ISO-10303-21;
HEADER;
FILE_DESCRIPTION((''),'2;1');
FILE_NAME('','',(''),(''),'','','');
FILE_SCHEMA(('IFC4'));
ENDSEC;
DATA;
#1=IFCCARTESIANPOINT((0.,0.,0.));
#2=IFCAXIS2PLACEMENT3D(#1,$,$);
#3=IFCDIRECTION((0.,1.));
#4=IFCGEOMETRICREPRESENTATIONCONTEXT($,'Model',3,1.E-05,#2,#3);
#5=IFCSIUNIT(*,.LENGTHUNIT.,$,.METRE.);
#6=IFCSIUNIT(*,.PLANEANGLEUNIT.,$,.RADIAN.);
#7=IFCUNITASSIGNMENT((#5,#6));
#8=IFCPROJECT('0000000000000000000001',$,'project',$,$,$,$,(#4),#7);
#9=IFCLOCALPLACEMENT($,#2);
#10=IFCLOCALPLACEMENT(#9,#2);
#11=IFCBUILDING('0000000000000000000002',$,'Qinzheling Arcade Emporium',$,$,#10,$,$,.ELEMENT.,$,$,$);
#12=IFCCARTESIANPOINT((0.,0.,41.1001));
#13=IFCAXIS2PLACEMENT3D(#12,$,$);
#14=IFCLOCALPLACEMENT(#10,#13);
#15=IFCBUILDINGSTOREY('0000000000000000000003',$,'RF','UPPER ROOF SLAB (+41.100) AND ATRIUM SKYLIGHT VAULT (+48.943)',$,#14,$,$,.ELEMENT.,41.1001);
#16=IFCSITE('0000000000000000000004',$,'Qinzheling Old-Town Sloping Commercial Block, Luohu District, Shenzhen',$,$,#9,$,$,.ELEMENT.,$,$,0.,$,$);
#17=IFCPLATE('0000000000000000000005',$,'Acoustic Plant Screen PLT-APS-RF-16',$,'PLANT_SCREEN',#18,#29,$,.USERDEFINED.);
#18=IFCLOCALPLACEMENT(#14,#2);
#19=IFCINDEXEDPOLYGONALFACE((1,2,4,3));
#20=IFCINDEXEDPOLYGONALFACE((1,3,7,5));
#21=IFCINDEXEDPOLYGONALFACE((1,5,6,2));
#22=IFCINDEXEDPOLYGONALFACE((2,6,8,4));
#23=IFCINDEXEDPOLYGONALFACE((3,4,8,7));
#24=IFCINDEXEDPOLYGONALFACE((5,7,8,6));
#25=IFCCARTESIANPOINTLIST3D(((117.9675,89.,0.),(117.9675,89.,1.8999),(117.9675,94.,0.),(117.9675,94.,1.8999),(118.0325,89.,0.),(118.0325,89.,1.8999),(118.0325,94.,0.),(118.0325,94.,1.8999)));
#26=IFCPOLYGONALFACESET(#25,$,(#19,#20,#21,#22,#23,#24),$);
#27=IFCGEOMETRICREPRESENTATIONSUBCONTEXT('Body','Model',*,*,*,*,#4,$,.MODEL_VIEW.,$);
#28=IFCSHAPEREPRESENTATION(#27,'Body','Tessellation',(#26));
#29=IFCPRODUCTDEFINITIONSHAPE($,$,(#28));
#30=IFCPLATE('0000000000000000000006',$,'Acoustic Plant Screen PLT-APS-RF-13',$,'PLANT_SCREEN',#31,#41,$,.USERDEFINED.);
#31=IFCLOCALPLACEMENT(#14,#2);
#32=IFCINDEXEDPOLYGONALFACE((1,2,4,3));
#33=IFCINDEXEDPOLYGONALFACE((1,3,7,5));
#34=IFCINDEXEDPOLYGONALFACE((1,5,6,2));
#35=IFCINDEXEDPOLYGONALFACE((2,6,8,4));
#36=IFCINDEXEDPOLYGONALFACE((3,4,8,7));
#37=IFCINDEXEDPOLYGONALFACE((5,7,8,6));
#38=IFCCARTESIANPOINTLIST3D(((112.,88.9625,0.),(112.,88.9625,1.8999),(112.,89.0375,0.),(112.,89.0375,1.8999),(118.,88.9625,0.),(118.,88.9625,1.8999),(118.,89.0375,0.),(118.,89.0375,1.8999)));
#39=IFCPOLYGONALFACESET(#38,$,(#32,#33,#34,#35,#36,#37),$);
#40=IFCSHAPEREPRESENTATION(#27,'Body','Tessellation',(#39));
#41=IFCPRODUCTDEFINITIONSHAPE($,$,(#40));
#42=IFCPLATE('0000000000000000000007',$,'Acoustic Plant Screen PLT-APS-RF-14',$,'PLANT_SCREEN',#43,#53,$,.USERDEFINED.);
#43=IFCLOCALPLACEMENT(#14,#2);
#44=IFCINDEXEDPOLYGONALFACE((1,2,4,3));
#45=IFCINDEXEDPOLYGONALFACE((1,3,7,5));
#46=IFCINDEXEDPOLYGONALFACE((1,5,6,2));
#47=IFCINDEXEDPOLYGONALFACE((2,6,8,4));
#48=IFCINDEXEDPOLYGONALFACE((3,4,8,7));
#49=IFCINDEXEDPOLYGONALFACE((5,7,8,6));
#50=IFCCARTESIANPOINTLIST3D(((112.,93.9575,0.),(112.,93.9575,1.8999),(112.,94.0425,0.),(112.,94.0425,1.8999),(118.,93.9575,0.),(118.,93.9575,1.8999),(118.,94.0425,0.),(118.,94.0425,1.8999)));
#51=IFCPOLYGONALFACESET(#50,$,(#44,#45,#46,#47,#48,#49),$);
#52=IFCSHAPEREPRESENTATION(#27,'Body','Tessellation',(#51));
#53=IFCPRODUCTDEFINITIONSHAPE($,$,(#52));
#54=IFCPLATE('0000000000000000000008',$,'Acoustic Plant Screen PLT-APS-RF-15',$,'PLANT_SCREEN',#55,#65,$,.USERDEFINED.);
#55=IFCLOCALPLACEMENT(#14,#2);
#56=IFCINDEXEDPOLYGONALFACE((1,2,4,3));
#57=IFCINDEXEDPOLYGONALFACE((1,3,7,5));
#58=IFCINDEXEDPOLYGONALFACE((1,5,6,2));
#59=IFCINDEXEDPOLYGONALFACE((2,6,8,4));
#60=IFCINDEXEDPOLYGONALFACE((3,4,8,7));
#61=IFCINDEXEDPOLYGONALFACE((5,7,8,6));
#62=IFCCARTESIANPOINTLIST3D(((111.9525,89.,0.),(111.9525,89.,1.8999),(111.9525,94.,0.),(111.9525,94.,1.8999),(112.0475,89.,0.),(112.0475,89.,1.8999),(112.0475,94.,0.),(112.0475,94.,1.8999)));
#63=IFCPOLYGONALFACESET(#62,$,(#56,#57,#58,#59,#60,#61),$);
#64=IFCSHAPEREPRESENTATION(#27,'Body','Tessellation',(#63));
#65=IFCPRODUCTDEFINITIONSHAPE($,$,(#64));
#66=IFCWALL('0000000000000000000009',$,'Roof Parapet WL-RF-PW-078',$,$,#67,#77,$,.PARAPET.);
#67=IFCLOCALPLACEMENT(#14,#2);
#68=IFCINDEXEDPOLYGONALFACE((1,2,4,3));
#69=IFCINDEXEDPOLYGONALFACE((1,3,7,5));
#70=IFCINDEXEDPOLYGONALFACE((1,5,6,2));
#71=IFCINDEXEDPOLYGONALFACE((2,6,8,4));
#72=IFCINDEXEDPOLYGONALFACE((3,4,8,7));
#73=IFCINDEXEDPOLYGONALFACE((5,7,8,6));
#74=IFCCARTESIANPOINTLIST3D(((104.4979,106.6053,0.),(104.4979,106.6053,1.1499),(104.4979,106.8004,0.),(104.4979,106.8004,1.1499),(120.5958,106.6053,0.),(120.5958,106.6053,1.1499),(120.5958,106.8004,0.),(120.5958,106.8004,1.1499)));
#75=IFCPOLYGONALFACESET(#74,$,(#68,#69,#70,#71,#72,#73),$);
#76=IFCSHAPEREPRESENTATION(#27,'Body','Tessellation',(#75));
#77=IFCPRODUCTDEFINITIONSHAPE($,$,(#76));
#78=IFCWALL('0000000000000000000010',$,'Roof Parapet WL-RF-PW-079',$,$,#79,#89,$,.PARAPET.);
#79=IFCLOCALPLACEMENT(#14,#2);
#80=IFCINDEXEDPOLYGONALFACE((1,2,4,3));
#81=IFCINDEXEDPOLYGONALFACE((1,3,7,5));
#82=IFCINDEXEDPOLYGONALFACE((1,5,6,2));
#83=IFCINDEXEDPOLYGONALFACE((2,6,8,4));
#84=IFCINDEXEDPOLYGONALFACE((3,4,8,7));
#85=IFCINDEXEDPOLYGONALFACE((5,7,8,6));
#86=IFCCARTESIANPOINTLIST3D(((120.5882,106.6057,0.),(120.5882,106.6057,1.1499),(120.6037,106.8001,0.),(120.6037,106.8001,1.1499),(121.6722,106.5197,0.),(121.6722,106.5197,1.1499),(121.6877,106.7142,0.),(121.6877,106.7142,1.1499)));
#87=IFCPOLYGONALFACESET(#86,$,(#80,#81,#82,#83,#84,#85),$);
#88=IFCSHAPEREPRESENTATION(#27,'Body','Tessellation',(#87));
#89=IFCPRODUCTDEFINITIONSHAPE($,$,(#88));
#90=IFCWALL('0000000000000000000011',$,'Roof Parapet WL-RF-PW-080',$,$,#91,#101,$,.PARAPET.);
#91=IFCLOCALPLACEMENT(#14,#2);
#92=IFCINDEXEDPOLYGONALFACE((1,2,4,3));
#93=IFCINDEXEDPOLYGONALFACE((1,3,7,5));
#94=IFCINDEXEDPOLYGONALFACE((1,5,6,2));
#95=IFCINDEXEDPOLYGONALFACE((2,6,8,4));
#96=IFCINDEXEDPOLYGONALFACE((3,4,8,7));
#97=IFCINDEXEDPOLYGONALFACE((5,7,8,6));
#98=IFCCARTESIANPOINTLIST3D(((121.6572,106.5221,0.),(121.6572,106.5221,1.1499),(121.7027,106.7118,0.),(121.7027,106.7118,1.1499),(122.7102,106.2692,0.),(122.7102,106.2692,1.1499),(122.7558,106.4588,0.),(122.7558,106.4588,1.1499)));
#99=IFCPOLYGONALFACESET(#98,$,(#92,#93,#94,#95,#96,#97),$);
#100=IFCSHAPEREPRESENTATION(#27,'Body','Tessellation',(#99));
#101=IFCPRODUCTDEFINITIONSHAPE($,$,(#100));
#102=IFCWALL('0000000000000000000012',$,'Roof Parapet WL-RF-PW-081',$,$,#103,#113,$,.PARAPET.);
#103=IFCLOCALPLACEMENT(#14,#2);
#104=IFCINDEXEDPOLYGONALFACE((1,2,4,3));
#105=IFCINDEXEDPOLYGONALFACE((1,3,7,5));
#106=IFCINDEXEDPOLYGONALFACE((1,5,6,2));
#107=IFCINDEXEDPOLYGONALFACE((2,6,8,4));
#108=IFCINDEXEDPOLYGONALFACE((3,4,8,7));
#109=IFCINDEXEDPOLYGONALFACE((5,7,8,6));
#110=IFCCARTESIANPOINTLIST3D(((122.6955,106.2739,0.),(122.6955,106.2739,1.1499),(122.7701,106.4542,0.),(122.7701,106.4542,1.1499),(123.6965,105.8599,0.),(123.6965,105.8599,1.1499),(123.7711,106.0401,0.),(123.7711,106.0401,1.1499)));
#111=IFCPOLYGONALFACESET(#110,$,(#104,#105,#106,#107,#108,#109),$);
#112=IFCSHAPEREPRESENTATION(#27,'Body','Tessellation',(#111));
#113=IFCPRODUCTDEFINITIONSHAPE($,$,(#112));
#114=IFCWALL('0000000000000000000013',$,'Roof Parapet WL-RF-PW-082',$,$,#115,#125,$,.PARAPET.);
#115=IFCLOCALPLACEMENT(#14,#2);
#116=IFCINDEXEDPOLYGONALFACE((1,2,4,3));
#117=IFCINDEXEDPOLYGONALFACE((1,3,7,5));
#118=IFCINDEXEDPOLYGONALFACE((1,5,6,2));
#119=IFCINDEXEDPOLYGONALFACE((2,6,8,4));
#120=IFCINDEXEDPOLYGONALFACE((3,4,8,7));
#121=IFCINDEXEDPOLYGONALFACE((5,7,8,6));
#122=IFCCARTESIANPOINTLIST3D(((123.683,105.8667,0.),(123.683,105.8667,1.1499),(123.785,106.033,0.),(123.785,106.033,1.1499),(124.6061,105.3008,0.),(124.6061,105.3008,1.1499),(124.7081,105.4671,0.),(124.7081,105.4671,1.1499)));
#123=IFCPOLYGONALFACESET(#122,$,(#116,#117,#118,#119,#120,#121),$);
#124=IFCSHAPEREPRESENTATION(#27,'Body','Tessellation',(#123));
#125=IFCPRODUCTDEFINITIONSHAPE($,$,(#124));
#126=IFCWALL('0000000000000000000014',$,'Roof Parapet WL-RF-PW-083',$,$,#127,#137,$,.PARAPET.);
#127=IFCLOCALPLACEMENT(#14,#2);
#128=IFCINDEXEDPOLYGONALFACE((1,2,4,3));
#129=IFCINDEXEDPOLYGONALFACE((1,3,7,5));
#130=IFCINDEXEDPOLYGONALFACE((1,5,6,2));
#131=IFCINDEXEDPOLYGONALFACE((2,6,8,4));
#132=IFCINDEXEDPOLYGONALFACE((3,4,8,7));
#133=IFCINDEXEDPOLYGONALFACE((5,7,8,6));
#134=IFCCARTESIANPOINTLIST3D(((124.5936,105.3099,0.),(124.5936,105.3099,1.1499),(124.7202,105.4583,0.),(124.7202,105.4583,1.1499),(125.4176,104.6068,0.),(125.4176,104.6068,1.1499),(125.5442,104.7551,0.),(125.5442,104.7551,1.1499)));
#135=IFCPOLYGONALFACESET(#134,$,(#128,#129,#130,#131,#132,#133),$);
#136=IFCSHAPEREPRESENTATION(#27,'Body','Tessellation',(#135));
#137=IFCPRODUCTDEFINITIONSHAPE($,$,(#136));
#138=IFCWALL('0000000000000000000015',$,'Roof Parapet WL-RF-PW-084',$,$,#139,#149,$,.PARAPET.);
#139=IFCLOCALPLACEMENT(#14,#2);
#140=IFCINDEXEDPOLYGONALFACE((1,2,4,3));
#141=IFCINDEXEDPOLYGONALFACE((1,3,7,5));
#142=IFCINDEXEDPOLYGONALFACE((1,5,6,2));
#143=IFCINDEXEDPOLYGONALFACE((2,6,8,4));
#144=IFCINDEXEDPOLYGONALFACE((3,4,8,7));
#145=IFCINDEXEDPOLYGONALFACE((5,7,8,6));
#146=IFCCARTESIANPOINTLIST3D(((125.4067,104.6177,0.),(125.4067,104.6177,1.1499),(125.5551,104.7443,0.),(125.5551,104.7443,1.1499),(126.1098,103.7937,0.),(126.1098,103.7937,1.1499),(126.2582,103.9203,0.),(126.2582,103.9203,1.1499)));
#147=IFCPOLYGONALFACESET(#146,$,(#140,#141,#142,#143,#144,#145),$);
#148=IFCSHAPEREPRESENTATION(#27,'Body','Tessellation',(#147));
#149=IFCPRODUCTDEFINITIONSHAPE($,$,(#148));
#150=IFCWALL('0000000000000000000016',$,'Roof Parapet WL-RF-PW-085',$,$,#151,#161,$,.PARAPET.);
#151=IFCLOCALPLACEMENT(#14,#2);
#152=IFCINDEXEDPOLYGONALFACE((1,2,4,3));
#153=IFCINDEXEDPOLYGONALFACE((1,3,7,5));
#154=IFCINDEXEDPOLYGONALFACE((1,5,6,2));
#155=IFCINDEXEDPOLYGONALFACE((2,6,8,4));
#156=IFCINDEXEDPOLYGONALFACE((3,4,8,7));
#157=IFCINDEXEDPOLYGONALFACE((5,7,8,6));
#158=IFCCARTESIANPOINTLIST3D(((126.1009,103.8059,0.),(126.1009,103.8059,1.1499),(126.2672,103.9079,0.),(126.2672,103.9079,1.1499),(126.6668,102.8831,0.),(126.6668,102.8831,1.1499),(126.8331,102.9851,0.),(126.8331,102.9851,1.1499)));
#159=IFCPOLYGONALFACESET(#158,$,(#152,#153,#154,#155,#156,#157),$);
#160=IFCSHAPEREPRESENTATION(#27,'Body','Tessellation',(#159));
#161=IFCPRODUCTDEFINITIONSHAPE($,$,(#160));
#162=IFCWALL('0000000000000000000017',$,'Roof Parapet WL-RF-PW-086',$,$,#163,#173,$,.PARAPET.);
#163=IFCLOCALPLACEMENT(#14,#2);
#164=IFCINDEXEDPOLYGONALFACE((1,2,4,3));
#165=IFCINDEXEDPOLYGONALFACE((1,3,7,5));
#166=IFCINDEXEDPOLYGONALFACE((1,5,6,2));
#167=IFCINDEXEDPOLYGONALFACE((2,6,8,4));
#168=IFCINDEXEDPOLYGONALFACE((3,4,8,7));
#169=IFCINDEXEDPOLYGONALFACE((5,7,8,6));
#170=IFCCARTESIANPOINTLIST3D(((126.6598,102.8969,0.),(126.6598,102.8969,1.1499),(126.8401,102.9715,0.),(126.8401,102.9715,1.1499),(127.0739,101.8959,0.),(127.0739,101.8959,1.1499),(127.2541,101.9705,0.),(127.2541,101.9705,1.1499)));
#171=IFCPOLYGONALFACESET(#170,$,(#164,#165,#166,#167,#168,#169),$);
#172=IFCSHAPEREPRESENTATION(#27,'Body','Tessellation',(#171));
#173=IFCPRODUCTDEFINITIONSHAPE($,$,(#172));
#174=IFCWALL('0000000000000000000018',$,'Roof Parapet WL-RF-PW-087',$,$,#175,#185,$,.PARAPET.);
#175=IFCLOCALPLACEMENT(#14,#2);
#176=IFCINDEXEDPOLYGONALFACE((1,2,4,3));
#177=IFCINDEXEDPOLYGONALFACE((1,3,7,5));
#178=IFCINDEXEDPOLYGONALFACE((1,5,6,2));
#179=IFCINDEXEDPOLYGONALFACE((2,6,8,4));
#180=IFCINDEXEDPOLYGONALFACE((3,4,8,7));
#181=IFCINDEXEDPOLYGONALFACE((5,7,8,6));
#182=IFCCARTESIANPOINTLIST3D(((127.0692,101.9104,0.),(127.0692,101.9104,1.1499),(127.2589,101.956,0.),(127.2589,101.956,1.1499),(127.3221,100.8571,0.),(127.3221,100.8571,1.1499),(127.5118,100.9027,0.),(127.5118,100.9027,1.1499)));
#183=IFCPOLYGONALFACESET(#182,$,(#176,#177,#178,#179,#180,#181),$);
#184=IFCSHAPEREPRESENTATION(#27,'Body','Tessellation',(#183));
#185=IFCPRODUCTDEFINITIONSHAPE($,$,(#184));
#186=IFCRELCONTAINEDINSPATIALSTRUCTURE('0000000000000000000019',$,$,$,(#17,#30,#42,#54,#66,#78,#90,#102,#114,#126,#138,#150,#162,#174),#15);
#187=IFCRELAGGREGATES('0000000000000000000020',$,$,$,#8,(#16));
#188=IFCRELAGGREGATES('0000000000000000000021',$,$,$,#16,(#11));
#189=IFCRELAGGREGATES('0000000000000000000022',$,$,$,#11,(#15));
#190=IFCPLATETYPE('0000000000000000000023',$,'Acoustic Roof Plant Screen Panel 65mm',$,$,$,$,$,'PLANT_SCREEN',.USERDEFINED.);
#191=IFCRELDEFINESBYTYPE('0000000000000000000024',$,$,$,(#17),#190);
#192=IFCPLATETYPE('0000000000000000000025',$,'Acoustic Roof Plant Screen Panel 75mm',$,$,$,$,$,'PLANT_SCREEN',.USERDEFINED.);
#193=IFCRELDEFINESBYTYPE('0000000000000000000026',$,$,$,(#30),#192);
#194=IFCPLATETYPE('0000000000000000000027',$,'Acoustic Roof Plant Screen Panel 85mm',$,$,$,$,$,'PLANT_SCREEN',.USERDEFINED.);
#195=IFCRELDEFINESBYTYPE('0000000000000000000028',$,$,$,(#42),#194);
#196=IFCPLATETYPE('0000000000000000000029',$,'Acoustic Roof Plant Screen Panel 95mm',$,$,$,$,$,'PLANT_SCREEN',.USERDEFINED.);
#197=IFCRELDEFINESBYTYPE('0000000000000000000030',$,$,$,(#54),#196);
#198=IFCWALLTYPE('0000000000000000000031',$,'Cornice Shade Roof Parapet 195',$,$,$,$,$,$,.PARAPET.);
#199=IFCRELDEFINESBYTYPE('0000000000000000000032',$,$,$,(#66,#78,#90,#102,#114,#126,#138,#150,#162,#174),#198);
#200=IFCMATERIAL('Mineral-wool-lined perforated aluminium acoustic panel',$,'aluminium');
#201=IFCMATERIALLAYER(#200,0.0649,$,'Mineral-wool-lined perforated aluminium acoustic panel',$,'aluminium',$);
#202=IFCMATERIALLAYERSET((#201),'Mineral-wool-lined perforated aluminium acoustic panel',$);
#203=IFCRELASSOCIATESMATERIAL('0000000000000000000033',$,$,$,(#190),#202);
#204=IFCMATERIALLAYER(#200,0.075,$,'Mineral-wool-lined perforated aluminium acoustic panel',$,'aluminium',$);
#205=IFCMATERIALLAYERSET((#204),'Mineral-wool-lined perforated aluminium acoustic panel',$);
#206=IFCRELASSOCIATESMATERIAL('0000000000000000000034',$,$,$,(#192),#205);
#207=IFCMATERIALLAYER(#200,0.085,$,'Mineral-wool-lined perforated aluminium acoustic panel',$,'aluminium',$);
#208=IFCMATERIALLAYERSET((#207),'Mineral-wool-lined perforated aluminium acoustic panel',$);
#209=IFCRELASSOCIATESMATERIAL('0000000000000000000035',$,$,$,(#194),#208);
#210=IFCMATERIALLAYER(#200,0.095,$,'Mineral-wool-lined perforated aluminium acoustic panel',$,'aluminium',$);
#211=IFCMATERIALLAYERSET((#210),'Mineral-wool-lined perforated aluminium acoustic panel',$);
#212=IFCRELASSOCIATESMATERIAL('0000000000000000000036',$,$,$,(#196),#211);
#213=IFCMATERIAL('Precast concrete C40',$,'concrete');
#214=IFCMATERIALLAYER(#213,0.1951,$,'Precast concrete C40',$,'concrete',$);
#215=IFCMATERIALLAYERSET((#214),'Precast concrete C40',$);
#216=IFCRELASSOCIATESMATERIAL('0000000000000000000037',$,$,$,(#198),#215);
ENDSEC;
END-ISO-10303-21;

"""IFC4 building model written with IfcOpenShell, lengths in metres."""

from ifc_helpers import new_model, si_unit, direction, frame, frame_2d, origin, origin_2d, place, context, subcontext, project, spatial, rectangle, extrude, material, layer, layer_set, type_object, element, save


model = new_model("IFC4")

# Units and contexts
model_context = context("Model", 3, precision=1e-05, world=origin(), true_north=direction((0.0, 1.0)))
body_context = subcontext(model_context, "Body", "Model", "MODEL_VIEW")
ifc_project = project(units=[si_unit("LENGTHUNIT", "METRE"), si_unit("PLANEANGLEUNIT", "RADIAN")], contexts=[model_context])

# Site, building, storey
site_placement = place(None, origin())
site = spatial("IfcSite", under=ifc_project, at=site_placement, Name="Qinzheling Old-Town Sloping Commercial Block, Luohu District, Shenzhen", CompositionType="ELEMENT", RefElevation=0.0)
building_placement = place(site_placement, origin())
building = spatial("IfcBuilding", under=site, at=building_placement, Name="Qinzheling Arcade Emporium", CompositionType="ELEMENT")
storey_placement = place(building_placement, frame((0.0, 0.0, 41.1001)))
storey = spatial("IfcBuildingStorey", under=building, at=storey_placement, Name="RF", Description="UPPER ROOF SLAB (+41.100) AND ATRIUM SKYLIGHT VAULT (+48.943)", CompositionType="ELEMENT", Elevation=41.1001)

# Plates
ifc_material_1 = material(Name="Mineral-wool-lined perforated aluminium acoustic panel", Category="aluminium")
ifc_layer_1 = layer(ifc_material_1, 0.0649, Name="Mineral-wool-lined perforated aluminium acoustic panel", Category="aluminium")
ifc_layer_set_1 = layer_set([ifc_layer_1], Name="Mineral-wool-lined perforated aluminium acoustic panel")
plate_type_1 = type_object("IfcPlateType", Name="Acoustic Roof Plant Screen Panel 65mm", ElementType="PLANT_SCREEN", PredefinedType="USERDEFINED", material=ifc_layer_set_1)
plate_1_placement = place(storey_placement, frame((118.0, 91.5, 0.0), z_axis=(0.0, 0.0, 1.0), x_axis=(0.0, 1.0, 0.0)))
element("IfcPlate", 1, at=plate_1_placement, inside=storey, type_object=plate_type_1, Name="Acoustic Plant Screen PLT-APS-RF-16", ObjectType="PLANT_SCREEN", PredefinedType="USERDEFINED", context=body_context, shape_type="SweptSolid", body=[
    extrude(rectangle(XDim=5.0, YDim=0.0649, at=origin_2d()), origin(), (0.0, 0.0, 1.0), 1.8999),
])
ifc_layer_2 = layer(ifc_material_1, 0.075, Name="Mineral-wool-lined perforated aluminium acoustic panel", Category="aluminium")
ifc_layer_set_2 = layer_set([ifc_layer_2], Name="Mineral-wool-lined perforated aluminium acoustic panel")
plate_type_2 = type_object("IfcPlateType", Name="Acoustic Roof Plant Screen Panel 75mm", ElementType="PLANT_SCREEN", PredefinedType="USERDEFINED", material=ifc_layer_set_2)
plate_2_placement = place(storey_placement, frame((115.0, 89.0, 0.0), z_axis=(0.0, 0.0, 1.0), x_axis=(1.0, 0.0, 0.0)))
element("IfcPlate", 2, at=plate_2_placement, inside=storey, type_object=plate_type_2, Name="Acoustic Plant Screen PLT-APS-RF-13", ObjectType="PLANT_SCREEN", PredefinedType="USERDEFINED", context=body_context, shape_type="SweptSolid", body=[
    extrude(rectangle(XDim=6.0, YDim=0.075, at=origin_2d()), origin(), (0.0, 0.0, 1.0), 1.8999),
])
ifc_layer_3 = layer(ifc_material_1, 0.085, Name="Mineral-wool-lined perforated aluminium acoustic panel", Category="aluminium")
ifc_layer_set_3 = layer_set([ifc_layer_3], Name="Mineral-wool-lined perforated aluminium acoustic panel")
plate_type_3 = type_object("IfcPlateType", Name="Acoustic Roof Plant Screen Panel 85mm", ElementType="PLANT_SCREEN", PredefinedType="USERDEFINED", material=ifc_layer_set_3)
plate_3_placement = place(storey_placement, frame((115.0, 94.0, 0.0), z_axis=(0.0, 0.0, 1.0), x_axis=(1.0, 0.0, 0.0)))
element("IfcPlate", 3, at=plate_3_placement, inside=storey, type_object=plate_type_3, Name="Acoustic Plant Screen PLT-APS-RF-14", ObjectType="PLANT_SCREEN", PredefinedType="USERDEFINED", context=body_context, shape_type="SweptSolid", body=[
    extrude(rectangle(XDim=6.0, YDim=0.085, at=origin_2d()), origin(), (0.0, 0.0, 1.0), 1.8999),
])
ifc_layer_4 = layer(ifc_material_1, 0.095, Name="Mineral-wool-lined perforated aluminium acoustic panel", Category="aluminium")
ifc_layer_set_4 = layer_set([ifc_layer_4], Name="Mineral-wool-lined perforated aluminium acoustic panel")
plate_type_4 = type_object("IfcPlateType", Name="Acoustic Roof Plant Screen Panel 95mm", ElementType="PLANT_SCREEN", PredefinedType="USERDEFINED", material=ifc_layer_set_4)
plate_4_placement = place(storey_placement, frame((112.0, 91.5, 0.0), z_axis=(0.0, 0.0, 1.0), x_axis=(0.0, 1.0, 0.0)))
element("IfcPlate", 4, at=plate_4_placement, inside=storey, type_object=plate_type_4, Name="Acoustic Plant Screen PLT-APS-RF-15", ObjectType="PLANT_SCREEN", PredefinedType="USERDEFINED", context=body_context, shape_type="SweptSolid", body=[
    extrude(rectangle(XDim=5.0, YDim=0.095, at=origin_2d()), origin(), (0.0, 0.0, 1.0), 1.8999),
])

# Walls
ifc_material_2 = material(Name="Precast concrete C40", Category="concrete")
ifc_layer_5 = layer(ifc_material_2, 0.1951, Name="Precast concrete C40", Category="concrete")
ifc_layer_set_5 = layer_set([ifc_layer_5], Name="Precast concrete C40")
wall_type_1 = type_object("IfcWallType", Name="Cornice Shade Roof Parapet 195", PredefinedType="PARAPET", material=ifc_layer_set_5)
wall_1_placement = place(storey_placement, frame((104.498, 106.7029, 0.0), z_axis=(0.0, 0.0, 1.0), x_axis=(1.0, 0.0, 0.0)))
element("IfcWall", 5, at=wall_1_placement, inside=storey, type_object=wall_type_1, Name="Roof Parapet WL-RF-PW-078", PredefinedType="PARAPET", context=body_context, shape_type="SweptSolid", body=[
    extrude(rectangle(XDim=16.0979, YDim=0.1951, at=frame_2d((8.0488, 0.0))), origin(), (0.0, 0.0, 1.0), 1.1499),
])
wall_2_placement = place(storey_placement, frame((120.5959, 106.7029, 0.0), z_axis=(0.0, 0.0, 1.0), x_axis=(0.996872, -0.079031, 0.0)))
element("IfcWall", 6, at=wall_2_placement, inside=storey, type_object=wall_type_1, Name="Roof Parapet WL-RF-PW-079", PredefinedType="PARAPET", context=body_context, shape_type="SweptSolid", body=[
    extrude(rectangle(XDim=1.0874, YDim=0.1951, at=frame_2d((0.5437, 0.0))), origin(), (0.0, 0.0, 1.0), 1.1499),
])
wall_3_placement = place(storey_placement, frame((121.6799, 106.6169, 0.0), z_axis=(0.0, 0.0, 1.0), x_axis=(0.972342, -0.233561, 0.0)))
element("IfcWall", 7, at=wall_3_placement, inside=storey, type_object=wall_type_1, Name="Roof Parapet WL-RF-PW-080", PredefinedType="PARAPET", context=body_context, shape_type="SweptSolid", body=[
    extrude(rectangle(XDim=1.083, YDim=0.1951, at=frame_2d((0.5415, 0.0))), origin(), (0.0, 0.0, 1.0), 1.1499),
])
wall_4_placement = place(storey_placement, frame((122.7329, 106.364, 0.0), z_axis=(0.0, 0.0, 1.0), x_axis=(0.924061, -0.382246, 0.0)))
element("IfcWall", 8, at=wall_4_placement, inside=storey, type_object=wall_type_1, Name="Roof Parapet WL-RF-PW-081", PredefinedType="PARAPET", context=body_context, shape_type="SweptSolid", body=[
    extrude(rectangle(XDim=1.0833, YDim=0.1951, at=frame_2d((0.5415, 0.0))), origin(), (0.0, 0.0, 1.0), 1.1499),
])
wall_5_placement = place(storey_placement, frame((123.7339, 105.95, 0.0), z_axis=(0.0, 0.0, 1.0), x_axis=(0.85254, -0.522663, 0.0)))
element("IfcWall", 9, at=wall_5_placement, inside=storey, type_object=wall_type_1, Name="Roof Parapet WL-RF-PW-082", PredefinedType="PARAPET", context=body_context, shape_type="SweptSolid", body=[
    extrude(rectangle(XDim=1.0828, YDim=0.1951, at=frame_2d((0.5415, 0.0))), origin(), (0.0, 0.0, 1.0), 1.1499),
])
for number, where, z_axis, x_axis, name in (
    (10, (124.657, 105.384, 0.0), (0.0, 0.0, 1.0), (0.760687, -0.649119, 0.0), "Roof Parapet WL-RF-PW-083"),
    (11, (125.481, 104.6809, 0.0), (0.0, 0.0, 1.0), (0.649119, -0.760687, 0.0), "Roof Parapet WL-RF-PW-084"),
):
    element("IfcWall", number, at=place(storey_placement, frame(where, z_axis=z_axis, x_axis=x_axis)), inside=storey, type_object=wall_type_1, Name=name, PredefinedType="PARAPET", context=body_context, shape_type="SweptSolid", body=[
        extrude(rectangle(XDim=1.0833, YDim=0.1951, at=frame_2d((0.5415, 0.0))), origin(), (0.0, 0.0, 1.0), 1.1499),
    ])
wall_6_placement = place(storey_placement, frame((126.1841, 103.8569, 0.0), z_axis=(0.0, 0.0, 1.0), x_axis=(0.522763, -0.852478, 0.0)))
element("IfcWall", 12, at=wall_6_placement, inside=storey, type_object=wall_type_1, Name="Roof Parapet WL-RF-PW-085", PredefinedType="PARAPET", context=body_context, shape_type="SweptSolid", body=[
    extrude(rectangle(XDim=1.0825, YDim=0.1951, at=frame_2d((0.5413, 0.0))), origin(), (0.0, 0.0, 1.0), 1.1499),
])
for number, where, z_axis, x_axis, name in (
    (13, (126.75, 102.9341, 0.0), (0.0, 0.0, 1.0), (0.382246, -0.924061, 0.0), "Roof Parapet WL-RF-PW-086"),
    (14, (127.1641, 101.9331, 0.0), (0.0, 0.0, 1.0), (0.233509, -0.972355, 0.0), "Roof Parapet WL-RF-PW-087"),
):
    element("IfcWall", number, at=place(storey_placement, frame(where, z_axis=z_axis, x_axis=x_axis)), inside=storey, type_object=wall_type_1, Name=name, PredefinedType="PARAPET", context=body_context, shape_type="SweptSolid", body=[
        extrude(rectangle(XDim=1.0833, YDim=0.1951, at=frame_2d((0.5415, 0.0))), origin(), (0.0, 0.0, 1.0), 1.1499),
    ])

save(model, "model.ifc")
